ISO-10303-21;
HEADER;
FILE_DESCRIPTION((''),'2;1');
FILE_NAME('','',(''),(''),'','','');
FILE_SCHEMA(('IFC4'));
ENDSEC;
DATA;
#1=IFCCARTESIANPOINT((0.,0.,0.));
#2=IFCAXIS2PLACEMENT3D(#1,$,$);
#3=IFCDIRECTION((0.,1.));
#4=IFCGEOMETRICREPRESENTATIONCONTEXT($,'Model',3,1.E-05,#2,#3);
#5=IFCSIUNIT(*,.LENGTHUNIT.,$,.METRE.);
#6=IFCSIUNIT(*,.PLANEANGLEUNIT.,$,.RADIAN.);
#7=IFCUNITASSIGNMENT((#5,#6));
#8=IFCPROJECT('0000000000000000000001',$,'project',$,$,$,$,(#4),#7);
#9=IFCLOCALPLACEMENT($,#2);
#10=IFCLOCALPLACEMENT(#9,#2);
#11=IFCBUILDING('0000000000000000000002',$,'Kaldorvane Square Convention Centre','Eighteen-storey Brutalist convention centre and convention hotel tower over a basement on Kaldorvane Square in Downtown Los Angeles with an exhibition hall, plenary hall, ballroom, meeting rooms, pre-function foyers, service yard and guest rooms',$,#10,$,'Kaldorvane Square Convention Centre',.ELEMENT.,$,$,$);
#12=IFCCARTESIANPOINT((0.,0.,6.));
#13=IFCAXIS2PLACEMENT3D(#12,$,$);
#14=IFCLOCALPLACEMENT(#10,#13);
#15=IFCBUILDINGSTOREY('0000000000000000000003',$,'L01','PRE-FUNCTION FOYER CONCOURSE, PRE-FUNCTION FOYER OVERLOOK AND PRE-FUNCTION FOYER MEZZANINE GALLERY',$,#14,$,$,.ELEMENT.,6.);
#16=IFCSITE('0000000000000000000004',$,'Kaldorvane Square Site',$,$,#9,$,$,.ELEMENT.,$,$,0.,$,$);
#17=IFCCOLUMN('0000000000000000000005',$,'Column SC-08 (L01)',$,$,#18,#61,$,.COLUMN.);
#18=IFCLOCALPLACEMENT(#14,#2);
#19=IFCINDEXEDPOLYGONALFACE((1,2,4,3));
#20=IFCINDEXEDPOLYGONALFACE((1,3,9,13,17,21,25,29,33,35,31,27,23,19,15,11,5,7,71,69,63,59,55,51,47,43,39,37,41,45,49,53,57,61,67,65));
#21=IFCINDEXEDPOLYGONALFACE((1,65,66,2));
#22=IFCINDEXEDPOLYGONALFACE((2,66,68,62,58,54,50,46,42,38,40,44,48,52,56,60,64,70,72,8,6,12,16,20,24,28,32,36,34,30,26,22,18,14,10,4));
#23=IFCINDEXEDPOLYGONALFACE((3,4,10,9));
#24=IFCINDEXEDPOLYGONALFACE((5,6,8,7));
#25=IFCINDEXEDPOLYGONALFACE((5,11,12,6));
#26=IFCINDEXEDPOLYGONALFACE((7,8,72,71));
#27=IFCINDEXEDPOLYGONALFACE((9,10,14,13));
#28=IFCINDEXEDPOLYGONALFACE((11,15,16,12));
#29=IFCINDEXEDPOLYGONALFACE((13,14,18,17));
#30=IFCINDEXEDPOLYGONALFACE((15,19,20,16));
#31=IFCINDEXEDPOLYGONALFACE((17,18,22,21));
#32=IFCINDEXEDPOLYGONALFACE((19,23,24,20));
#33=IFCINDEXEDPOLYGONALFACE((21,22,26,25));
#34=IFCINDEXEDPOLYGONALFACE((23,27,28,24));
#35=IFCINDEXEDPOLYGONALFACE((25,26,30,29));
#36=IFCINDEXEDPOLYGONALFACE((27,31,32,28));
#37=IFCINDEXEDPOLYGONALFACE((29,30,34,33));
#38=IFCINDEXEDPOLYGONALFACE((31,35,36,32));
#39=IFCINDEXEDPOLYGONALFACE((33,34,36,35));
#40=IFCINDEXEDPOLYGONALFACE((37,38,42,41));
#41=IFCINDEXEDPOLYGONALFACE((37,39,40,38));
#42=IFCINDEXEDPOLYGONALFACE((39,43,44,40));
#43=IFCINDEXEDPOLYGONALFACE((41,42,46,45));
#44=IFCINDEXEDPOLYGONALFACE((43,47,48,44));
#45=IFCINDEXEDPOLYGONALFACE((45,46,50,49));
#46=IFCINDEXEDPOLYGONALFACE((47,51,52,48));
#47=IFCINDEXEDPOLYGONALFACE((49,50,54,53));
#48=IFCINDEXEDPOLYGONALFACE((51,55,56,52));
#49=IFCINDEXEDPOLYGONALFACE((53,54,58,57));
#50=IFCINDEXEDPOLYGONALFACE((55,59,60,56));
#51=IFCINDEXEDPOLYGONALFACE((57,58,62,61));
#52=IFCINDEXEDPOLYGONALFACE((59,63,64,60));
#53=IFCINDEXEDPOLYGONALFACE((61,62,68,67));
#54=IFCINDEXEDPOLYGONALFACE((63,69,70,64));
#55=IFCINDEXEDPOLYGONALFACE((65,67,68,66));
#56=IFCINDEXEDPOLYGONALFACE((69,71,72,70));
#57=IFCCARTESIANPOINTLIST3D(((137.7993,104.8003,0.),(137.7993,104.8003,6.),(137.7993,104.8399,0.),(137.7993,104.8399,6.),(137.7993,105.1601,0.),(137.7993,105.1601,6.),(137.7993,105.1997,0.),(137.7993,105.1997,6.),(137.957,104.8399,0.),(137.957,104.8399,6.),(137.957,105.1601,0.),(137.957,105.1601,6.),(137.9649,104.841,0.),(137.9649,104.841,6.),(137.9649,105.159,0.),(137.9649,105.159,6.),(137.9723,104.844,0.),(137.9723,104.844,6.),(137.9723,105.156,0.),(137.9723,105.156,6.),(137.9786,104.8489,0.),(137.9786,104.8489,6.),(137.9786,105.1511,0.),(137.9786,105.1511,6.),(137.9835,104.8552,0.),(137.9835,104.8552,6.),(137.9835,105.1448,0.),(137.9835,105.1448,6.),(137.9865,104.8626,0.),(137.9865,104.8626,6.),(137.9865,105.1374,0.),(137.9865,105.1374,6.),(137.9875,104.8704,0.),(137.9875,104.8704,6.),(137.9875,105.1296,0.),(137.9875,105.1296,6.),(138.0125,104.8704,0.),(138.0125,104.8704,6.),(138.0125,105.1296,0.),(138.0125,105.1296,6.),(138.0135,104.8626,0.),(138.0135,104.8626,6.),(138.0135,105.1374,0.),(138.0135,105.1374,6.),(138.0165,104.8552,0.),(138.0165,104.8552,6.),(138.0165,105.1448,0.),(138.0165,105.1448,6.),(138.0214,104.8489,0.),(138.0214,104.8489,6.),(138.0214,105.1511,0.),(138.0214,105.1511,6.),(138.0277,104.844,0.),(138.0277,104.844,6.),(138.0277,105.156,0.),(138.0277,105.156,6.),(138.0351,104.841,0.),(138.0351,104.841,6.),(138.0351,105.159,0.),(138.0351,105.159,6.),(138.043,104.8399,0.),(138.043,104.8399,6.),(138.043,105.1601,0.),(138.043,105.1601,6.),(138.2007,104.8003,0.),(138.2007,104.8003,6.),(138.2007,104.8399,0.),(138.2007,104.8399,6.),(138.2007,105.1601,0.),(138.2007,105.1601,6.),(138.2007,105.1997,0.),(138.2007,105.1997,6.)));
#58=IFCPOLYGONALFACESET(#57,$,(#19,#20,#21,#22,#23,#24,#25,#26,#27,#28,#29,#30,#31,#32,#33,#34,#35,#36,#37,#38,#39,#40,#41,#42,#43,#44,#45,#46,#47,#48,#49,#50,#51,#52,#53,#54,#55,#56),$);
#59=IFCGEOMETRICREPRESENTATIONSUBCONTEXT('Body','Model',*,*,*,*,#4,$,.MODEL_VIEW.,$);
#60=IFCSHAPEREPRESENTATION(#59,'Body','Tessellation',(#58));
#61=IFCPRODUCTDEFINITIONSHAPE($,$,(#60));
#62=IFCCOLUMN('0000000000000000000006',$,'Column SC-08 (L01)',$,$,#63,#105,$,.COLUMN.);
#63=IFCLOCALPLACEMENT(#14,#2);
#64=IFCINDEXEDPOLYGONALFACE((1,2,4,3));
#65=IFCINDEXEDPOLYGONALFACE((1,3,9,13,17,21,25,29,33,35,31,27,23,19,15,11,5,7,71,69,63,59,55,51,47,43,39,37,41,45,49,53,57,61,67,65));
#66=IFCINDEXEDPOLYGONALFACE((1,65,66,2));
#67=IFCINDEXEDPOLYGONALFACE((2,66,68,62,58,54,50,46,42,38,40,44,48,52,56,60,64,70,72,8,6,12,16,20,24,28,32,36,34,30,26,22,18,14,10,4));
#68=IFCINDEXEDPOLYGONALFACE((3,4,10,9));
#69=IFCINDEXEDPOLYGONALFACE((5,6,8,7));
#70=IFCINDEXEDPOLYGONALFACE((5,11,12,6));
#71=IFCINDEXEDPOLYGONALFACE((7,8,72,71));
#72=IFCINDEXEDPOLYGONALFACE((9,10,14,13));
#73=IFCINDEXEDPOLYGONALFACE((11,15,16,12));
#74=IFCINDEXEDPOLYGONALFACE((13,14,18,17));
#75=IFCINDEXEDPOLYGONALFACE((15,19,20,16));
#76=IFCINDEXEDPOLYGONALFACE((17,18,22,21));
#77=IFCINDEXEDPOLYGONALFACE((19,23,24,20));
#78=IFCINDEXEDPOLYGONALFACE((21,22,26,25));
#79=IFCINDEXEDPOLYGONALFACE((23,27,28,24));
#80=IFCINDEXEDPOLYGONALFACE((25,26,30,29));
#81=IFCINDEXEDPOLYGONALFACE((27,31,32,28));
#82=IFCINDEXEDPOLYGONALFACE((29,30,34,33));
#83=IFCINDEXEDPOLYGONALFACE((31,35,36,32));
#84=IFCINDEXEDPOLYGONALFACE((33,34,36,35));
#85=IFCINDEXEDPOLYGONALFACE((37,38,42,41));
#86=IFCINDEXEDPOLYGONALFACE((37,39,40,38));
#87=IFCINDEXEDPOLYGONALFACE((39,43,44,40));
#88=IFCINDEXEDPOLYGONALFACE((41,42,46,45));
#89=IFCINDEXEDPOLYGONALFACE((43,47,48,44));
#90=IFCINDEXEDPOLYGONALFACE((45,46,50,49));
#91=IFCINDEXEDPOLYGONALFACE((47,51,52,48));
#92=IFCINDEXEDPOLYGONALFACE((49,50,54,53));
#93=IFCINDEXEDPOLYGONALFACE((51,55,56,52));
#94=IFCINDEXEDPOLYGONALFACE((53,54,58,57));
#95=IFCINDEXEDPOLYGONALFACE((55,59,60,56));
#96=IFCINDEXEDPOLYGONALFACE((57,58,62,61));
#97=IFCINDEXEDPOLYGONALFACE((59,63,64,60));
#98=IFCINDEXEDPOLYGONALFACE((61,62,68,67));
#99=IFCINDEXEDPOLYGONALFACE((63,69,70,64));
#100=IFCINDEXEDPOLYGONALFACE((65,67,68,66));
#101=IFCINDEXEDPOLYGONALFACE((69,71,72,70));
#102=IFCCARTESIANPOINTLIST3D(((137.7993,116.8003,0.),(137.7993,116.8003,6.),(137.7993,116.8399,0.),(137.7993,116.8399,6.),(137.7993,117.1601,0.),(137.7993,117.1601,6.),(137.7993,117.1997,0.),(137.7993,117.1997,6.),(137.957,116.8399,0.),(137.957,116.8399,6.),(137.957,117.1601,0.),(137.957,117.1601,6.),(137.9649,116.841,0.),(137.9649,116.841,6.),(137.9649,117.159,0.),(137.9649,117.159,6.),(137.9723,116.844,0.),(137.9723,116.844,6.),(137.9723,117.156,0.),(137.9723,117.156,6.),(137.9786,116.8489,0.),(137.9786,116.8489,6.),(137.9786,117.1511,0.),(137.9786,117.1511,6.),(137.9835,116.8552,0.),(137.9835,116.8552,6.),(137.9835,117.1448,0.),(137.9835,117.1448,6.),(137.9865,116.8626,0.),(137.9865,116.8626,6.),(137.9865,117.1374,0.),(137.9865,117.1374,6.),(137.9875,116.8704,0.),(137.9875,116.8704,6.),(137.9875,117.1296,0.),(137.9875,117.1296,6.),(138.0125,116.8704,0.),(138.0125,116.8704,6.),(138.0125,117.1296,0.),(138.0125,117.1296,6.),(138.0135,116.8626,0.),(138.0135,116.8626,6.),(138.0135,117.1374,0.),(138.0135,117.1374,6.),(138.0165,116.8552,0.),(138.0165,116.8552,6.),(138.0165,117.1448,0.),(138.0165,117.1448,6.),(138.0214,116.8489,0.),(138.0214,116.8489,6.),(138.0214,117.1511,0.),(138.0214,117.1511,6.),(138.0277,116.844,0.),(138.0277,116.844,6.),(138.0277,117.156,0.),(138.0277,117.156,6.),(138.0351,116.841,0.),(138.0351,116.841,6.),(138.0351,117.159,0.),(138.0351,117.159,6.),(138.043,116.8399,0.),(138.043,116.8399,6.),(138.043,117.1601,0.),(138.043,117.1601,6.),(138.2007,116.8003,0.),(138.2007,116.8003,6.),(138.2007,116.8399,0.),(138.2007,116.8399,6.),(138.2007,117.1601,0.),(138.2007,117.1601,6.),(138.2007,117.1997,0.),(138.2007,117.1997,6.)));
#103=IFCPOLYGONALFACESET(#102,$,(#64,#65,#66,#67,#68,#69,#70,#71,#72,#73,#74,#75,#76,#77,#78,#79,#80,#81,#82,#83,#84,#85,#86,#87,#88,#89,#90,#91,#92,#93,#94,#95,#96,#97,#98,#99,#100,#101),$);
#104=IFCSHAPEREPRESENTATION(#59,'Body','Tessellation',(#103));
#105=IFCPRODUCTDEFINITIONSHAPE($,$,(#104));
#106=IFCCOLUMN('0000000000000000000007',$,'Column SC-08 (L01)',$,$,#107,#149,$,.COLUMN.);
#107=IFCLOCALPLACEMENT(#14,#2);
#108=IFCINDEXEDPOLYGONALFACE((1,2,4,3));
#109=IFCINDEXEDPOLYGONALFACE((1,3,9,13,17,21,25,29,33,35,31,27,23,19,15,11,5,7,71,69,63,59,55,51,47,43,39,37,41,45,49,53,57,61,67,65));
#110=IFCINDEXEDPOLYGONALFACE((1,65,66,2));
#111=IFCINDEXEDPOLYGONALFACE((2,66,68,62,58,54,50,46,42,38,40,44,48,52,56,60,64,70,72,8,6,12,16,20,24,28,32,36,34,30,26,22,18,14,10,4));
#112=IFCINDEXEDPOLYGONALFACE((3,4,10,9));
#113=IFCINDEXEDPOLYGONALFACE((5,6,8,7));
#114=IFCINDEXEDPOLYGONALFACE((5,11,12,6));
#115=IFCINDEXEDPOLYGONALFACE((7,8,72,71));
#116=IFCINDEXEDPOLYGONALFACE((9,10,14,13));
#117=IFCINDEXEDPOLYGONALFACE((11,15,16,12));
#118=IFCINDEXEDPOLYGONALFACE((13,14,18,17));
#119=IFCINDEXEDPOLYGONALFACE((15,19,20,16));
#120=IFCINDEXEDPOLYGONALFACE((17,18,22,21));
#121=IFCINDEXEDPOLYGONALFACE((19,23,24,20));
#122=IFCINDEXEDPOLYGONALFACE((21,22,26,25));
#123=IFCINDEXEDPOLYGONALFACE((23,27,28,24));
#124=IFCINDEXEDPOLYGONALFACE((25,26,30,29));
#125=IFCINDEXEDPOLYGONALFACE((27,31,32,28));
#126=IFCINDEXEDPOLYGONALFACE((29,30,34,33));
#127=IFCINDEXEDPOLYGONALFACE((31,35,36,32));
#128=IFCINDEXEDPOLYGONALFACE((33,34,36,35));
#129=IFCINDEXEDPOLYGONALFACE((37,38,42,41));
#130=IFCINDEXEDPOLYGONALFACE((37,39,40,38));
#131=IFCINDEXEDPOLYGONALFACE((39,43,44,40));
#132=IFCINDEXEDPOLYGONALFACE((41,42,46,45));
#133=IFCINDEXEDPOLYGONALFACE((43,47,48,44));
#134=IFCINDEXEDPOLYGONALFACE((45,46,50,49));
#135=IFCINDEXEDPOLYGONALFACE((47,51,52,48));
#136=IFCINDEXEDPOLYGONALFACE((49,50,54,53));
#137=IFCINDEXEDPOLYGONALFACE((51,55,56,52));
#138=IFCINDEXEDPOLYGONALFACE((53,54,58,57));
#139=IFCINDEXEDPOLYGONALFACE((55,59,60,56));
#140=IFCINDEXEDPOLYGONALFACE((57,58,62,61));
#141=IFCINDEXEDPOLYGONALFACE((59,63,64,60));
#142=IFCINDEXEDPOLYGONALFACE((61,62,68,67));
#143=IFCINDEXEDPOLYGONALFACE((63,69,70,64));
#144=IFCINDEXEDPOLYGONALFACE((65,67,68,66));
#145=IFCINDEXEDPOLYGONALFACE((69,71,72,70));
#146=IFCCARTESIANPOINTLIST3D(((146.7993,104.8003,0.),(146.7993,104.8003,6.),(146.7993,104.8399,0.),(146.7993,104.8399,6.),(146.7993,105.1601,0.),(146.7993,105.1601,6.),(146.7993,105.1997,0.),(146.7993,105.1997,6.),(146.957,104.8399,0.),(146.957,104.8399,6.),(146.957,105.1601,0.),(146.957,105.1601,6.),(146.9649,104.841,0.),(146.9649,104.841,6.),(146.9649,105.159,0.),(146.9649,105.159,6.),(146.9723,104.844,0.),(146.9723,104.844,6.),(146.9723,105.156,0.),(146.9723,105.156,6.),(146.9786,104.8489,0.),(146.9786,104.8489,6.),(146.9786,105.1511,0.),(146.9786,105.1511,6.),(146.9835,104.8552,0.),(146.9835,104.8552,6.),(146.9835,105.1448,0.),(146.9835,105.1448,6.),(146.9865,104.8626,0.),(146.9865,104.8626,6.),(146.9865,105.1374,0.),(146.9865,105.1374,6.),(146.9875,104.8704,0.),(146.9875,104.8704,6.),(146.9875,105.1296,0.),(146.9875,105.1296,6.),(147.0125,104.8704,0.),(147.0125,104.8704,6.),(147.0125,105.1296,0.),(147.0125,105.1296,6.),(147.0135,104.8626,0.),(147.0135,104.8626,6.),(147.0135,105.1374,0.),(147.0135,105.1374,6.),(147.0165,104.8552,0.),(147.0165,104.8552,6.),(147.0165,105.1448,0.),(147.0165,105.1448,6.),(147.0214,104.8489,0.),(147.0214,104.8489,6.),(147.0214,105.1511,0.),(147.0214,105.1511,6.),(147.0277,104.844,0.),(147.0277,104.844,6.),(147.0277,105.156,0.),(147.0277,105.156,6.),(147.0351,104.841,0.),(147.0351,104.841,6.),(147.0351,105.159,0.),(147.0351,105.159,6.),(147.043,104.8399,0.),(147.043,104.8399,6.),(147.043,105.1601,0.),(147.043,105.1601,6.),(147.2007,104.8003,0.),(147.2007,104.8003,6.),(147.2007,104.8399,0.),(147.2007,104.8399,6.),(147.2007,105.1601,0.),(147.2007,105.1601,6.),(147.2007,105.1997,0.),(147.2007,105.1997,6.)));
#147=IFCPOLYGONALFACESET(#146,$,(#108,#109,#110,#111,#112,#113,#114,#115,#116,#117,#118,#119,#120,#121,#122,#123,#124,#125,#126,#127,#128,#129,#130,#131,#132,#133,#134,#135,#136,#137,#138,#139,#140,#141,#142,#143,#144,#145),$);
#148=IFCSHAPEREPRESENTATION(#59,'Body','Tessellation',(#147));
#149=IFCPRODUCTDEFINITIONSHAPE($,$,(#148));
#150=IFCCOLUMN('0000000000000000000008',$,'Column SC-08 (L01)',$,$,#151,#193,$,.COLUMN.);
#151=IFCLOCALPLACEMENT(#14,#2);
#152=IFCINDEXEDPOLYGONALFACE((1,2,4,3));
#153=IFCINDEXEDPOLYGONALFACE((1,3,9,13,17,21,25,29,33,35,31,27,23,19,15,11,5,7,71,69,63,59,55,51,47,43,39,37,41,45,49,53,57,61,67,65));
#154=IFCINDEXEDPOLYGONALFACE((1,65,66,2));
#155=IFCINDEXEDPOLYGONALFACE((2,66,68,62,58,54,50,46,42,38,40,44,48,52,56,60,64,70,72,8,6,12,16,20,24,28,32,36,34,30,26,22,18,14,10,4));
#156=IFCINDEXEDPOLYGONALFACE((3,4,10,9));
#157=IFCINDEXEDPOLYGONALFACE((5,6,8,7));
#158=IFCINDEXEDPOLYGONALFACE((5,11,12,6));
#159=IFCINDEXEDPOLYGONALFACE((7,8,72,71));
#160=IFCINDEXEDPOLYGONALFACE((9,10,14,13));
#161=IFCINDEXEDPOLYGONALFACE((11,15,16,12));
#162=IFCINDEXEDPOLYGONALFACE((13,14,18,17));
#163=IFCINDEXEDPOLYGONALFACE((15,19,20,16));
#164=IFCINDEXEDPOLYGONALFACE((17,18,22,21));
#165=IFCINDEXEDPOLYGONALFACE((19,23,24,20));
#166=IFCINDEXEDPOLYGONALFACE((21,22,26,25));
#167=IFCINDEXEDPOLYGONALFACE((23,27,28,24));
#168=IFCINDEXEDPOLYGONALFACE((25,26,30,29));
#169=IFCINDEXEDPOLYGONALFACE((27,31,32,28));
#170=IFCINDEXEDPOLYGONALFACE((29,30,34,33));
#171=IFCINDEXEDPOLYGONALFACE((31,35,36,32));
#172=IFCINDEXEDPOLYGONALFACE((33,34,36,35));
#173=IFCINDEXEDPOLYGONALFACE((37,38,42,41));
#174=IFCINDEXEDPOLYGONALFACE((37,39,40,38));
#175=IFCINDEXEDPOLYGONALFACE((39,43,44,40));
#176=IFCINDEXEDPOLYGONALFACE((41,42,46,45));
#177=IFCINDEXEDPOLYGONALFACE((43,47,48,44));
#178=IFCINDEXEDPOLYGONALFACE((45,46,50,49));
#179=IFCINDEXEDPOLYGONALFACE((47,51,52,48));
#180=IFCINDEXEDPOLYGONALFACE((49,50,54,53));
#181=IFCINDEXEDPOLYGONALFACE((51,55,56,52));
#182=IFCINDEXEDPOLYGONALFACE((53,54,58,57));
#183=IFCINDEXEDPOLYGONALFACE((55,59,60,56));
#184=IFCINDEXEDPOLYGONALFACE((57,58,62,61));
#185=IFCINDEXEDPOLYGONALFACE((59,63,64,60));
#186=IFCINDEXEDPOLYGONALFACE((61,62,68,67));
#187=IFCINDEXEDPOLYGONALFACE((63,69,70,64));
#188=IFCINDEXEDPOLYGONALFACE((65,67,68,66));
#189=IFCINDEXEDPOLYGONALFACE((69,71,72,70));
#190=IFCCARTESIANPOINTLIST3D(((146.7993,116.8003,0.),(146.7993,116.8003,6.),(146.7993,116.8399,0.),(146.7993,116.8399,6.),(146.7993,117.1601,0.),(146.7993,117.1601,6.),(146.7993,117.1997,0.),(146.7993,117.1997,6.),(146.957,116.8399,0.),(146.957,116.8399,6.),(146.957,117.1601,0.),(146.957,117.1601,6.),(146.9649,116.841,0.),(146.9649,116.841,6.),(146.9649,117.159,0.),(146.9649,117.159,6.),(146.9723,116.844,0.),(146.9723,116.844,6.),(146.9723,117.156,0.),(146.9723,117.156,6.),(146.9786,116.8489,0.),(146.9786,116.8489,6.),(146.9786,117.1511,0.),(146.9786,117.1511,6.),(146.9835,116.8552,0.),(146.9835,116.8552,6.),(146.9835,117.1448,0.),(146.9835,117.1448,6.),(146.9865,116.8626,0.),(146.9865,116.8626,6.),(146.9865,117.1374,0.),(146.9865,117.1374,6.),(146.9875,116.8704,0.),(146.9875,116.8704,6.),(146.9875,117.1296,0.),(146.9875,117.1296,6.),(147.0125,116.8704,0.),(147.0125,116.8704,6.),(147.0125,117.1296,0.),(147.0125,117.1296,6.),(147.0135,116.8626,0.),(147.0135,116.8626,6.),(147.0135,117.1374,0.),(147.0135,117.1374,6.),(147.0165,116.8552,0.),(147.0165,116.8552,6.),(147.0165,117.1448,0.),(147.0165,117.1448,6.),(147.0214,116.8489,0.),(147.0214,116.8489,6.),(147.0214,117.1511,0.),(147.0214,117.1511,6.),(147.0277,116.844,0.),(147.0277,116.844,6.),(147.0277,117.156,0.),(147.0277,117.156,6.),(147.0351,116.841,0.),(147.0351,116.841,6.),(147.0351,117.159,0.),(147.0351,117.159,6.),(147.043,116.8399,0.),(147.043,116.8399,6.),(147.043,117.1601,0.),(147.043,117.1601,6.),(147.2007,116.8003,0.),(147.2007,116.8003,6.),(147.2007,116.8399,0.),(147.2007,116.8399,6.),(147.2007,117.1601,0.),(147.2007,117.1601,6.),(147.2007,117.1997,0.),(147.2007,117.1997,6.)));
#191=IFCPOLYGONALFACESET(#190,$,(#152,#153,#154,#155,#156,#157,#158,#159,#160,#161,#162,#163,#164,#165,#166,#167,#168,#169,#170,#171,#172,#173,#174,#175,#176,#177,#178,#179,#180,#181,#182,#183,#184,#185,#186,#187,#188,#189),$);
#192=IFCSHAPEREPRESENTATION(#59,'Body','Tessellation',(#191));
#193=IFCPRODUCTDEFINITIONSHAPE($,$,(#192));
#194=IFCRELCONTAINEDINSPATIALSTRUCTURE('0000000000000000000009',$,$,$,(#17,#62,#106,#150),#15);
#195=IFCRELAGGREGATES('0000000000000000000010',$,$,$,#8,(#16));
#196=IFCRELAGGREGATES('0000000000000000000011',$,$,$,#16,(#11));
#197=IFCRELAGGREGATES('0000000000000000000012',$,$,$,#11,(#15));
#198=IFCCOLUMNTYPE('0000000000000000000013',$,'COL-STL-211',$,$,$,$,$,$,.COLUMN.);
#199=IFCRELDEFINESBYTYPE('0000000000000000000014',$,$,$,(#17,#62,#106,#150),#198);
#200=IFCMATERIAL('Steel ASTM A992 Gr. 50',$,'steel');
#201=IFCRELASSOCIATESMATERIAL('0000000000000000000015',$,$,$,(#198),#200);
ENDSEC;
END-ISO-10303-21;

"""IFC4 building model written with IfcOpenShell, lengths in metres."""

from ifc_helpers import new_model, si_unit, direction, frame, origin, origin_2d, place, context, subcontext, project, spatial, i_section, extrude, material, material_profile, profile_set, type_object, element, save


model = new_model("IFC4")

# Units and contexts
model_context = context("Model", 3, precision=1e-05, world=origin(), true_north=direction((0.0, 1.0)))
body_context = subcontext(model_context, "Body", "Model", "MODEL_VIEW")
ifc_project = project(units=[si_unit("LENGTHUNIT", "METRE"), si_unit("PLANEANGLEUNIT", "RADIAN")], contexts=[model_context])

# Site, building, storey
site_placement = place(None, origin())
site = spatial("IfcSite", under=ifc_project, at=site_placement, Name="Kaldorvane Square Site", CompositionType="ELEMENT", RefElevation=0.0)
building_placement = place(site_placement, origin())
building = spatial("IfcBuilding", under=site, at=building_placement, Name="Kaldorvane Square Convention Centre", Description="Eighteen-storey Brutalist convention centre and convention hotel tower over a basement on Kaldorvane Square in Downtown Los Angeles with an exhibition hall, plenary hall, ballroom, meeting rooms, pre-function foyers, service yard and guest rooms", LongName="Kaldorvane Square Convention Centre", CompositionType="ELEMENT")
storey_placement = place(building_placement, frame((0.0, 0.0, 6.0)))
storey = spatial("IfcBuildingStorey", under=building, at=storey_placement, Name="L01", Description="PRE-FUNCTION FOYER CONCOURSE, PRE-FUNCTION FOYER OVERLOOK AND PRE-FUNCTION FOYER MEZZANINE GALLERY", CompositionType="ELEMENT", Elevation=6.0)

# Columns
ifc_material_1 = material(Name="Steel ASTM A992 Gr. 50", Category="steel")
ifc_material_profile_1 = material_profile(ifc_material_1, i_section(OverallWidth=0.4013, OverallDepth=0.3993, WebThickness=0.0249, FlangeThickness=0.0396, FilletRadius=0.0305, at=origin_2d()), Name="W14X211")
ifc_profile_set_1 = profile_set([ifc_material_profile_1], Name="Steel ASTM A992 Gr. 50")
column_type = type_object("IfcColumnType", Name="COL-STL-211", PredefinedType="COLUMN", material=ifc_profile_set_1)
for number, where, z_axis, x_axis, name in (
    (1, (138.0, 105.0, 0.0), (0.0, 0.0, 1.0), (1.0, 0.0, 0.0), "Column SC-08 (L01)"),
    (2, (138.0, 117.0, 0.0), (0.0, 0.0, 1.0), (1.0, 0.0, 0.0), "Column SC-08 (L01)"),
    (3, (147.0, 105.0, 0.0), (0.0, 0.0, 1.0), (1.0, 0.0, 0.0), "Column SC-08 (L01)"),
    (4, (147.0, 117.0, 0.0), (0.0, 0.0, 1.0), (1.0, 0.0, 0.0), "Column SC-08 (L01)"),
):
    element("IfcColumn", number, at=place(storey_placement, frame(where, z_axis=z_axis, x_axis=x_axis)), inside=storey, type_object=column_type, Name=name, PredefinedType="COLUMN", context=body_context, shape_type="SweptSolid", body=[
        extrude(i_section(OverallWidth=0.4013, OverallDepth=0.3993, WebThickness=0.0249, FlangeThickness=0.0396, FilletRadius=0.0305, at=origin_2d()), origin(), (0.0, 0.0, 1.0), 6.0),
    ])

save(model, "model.ifc")
